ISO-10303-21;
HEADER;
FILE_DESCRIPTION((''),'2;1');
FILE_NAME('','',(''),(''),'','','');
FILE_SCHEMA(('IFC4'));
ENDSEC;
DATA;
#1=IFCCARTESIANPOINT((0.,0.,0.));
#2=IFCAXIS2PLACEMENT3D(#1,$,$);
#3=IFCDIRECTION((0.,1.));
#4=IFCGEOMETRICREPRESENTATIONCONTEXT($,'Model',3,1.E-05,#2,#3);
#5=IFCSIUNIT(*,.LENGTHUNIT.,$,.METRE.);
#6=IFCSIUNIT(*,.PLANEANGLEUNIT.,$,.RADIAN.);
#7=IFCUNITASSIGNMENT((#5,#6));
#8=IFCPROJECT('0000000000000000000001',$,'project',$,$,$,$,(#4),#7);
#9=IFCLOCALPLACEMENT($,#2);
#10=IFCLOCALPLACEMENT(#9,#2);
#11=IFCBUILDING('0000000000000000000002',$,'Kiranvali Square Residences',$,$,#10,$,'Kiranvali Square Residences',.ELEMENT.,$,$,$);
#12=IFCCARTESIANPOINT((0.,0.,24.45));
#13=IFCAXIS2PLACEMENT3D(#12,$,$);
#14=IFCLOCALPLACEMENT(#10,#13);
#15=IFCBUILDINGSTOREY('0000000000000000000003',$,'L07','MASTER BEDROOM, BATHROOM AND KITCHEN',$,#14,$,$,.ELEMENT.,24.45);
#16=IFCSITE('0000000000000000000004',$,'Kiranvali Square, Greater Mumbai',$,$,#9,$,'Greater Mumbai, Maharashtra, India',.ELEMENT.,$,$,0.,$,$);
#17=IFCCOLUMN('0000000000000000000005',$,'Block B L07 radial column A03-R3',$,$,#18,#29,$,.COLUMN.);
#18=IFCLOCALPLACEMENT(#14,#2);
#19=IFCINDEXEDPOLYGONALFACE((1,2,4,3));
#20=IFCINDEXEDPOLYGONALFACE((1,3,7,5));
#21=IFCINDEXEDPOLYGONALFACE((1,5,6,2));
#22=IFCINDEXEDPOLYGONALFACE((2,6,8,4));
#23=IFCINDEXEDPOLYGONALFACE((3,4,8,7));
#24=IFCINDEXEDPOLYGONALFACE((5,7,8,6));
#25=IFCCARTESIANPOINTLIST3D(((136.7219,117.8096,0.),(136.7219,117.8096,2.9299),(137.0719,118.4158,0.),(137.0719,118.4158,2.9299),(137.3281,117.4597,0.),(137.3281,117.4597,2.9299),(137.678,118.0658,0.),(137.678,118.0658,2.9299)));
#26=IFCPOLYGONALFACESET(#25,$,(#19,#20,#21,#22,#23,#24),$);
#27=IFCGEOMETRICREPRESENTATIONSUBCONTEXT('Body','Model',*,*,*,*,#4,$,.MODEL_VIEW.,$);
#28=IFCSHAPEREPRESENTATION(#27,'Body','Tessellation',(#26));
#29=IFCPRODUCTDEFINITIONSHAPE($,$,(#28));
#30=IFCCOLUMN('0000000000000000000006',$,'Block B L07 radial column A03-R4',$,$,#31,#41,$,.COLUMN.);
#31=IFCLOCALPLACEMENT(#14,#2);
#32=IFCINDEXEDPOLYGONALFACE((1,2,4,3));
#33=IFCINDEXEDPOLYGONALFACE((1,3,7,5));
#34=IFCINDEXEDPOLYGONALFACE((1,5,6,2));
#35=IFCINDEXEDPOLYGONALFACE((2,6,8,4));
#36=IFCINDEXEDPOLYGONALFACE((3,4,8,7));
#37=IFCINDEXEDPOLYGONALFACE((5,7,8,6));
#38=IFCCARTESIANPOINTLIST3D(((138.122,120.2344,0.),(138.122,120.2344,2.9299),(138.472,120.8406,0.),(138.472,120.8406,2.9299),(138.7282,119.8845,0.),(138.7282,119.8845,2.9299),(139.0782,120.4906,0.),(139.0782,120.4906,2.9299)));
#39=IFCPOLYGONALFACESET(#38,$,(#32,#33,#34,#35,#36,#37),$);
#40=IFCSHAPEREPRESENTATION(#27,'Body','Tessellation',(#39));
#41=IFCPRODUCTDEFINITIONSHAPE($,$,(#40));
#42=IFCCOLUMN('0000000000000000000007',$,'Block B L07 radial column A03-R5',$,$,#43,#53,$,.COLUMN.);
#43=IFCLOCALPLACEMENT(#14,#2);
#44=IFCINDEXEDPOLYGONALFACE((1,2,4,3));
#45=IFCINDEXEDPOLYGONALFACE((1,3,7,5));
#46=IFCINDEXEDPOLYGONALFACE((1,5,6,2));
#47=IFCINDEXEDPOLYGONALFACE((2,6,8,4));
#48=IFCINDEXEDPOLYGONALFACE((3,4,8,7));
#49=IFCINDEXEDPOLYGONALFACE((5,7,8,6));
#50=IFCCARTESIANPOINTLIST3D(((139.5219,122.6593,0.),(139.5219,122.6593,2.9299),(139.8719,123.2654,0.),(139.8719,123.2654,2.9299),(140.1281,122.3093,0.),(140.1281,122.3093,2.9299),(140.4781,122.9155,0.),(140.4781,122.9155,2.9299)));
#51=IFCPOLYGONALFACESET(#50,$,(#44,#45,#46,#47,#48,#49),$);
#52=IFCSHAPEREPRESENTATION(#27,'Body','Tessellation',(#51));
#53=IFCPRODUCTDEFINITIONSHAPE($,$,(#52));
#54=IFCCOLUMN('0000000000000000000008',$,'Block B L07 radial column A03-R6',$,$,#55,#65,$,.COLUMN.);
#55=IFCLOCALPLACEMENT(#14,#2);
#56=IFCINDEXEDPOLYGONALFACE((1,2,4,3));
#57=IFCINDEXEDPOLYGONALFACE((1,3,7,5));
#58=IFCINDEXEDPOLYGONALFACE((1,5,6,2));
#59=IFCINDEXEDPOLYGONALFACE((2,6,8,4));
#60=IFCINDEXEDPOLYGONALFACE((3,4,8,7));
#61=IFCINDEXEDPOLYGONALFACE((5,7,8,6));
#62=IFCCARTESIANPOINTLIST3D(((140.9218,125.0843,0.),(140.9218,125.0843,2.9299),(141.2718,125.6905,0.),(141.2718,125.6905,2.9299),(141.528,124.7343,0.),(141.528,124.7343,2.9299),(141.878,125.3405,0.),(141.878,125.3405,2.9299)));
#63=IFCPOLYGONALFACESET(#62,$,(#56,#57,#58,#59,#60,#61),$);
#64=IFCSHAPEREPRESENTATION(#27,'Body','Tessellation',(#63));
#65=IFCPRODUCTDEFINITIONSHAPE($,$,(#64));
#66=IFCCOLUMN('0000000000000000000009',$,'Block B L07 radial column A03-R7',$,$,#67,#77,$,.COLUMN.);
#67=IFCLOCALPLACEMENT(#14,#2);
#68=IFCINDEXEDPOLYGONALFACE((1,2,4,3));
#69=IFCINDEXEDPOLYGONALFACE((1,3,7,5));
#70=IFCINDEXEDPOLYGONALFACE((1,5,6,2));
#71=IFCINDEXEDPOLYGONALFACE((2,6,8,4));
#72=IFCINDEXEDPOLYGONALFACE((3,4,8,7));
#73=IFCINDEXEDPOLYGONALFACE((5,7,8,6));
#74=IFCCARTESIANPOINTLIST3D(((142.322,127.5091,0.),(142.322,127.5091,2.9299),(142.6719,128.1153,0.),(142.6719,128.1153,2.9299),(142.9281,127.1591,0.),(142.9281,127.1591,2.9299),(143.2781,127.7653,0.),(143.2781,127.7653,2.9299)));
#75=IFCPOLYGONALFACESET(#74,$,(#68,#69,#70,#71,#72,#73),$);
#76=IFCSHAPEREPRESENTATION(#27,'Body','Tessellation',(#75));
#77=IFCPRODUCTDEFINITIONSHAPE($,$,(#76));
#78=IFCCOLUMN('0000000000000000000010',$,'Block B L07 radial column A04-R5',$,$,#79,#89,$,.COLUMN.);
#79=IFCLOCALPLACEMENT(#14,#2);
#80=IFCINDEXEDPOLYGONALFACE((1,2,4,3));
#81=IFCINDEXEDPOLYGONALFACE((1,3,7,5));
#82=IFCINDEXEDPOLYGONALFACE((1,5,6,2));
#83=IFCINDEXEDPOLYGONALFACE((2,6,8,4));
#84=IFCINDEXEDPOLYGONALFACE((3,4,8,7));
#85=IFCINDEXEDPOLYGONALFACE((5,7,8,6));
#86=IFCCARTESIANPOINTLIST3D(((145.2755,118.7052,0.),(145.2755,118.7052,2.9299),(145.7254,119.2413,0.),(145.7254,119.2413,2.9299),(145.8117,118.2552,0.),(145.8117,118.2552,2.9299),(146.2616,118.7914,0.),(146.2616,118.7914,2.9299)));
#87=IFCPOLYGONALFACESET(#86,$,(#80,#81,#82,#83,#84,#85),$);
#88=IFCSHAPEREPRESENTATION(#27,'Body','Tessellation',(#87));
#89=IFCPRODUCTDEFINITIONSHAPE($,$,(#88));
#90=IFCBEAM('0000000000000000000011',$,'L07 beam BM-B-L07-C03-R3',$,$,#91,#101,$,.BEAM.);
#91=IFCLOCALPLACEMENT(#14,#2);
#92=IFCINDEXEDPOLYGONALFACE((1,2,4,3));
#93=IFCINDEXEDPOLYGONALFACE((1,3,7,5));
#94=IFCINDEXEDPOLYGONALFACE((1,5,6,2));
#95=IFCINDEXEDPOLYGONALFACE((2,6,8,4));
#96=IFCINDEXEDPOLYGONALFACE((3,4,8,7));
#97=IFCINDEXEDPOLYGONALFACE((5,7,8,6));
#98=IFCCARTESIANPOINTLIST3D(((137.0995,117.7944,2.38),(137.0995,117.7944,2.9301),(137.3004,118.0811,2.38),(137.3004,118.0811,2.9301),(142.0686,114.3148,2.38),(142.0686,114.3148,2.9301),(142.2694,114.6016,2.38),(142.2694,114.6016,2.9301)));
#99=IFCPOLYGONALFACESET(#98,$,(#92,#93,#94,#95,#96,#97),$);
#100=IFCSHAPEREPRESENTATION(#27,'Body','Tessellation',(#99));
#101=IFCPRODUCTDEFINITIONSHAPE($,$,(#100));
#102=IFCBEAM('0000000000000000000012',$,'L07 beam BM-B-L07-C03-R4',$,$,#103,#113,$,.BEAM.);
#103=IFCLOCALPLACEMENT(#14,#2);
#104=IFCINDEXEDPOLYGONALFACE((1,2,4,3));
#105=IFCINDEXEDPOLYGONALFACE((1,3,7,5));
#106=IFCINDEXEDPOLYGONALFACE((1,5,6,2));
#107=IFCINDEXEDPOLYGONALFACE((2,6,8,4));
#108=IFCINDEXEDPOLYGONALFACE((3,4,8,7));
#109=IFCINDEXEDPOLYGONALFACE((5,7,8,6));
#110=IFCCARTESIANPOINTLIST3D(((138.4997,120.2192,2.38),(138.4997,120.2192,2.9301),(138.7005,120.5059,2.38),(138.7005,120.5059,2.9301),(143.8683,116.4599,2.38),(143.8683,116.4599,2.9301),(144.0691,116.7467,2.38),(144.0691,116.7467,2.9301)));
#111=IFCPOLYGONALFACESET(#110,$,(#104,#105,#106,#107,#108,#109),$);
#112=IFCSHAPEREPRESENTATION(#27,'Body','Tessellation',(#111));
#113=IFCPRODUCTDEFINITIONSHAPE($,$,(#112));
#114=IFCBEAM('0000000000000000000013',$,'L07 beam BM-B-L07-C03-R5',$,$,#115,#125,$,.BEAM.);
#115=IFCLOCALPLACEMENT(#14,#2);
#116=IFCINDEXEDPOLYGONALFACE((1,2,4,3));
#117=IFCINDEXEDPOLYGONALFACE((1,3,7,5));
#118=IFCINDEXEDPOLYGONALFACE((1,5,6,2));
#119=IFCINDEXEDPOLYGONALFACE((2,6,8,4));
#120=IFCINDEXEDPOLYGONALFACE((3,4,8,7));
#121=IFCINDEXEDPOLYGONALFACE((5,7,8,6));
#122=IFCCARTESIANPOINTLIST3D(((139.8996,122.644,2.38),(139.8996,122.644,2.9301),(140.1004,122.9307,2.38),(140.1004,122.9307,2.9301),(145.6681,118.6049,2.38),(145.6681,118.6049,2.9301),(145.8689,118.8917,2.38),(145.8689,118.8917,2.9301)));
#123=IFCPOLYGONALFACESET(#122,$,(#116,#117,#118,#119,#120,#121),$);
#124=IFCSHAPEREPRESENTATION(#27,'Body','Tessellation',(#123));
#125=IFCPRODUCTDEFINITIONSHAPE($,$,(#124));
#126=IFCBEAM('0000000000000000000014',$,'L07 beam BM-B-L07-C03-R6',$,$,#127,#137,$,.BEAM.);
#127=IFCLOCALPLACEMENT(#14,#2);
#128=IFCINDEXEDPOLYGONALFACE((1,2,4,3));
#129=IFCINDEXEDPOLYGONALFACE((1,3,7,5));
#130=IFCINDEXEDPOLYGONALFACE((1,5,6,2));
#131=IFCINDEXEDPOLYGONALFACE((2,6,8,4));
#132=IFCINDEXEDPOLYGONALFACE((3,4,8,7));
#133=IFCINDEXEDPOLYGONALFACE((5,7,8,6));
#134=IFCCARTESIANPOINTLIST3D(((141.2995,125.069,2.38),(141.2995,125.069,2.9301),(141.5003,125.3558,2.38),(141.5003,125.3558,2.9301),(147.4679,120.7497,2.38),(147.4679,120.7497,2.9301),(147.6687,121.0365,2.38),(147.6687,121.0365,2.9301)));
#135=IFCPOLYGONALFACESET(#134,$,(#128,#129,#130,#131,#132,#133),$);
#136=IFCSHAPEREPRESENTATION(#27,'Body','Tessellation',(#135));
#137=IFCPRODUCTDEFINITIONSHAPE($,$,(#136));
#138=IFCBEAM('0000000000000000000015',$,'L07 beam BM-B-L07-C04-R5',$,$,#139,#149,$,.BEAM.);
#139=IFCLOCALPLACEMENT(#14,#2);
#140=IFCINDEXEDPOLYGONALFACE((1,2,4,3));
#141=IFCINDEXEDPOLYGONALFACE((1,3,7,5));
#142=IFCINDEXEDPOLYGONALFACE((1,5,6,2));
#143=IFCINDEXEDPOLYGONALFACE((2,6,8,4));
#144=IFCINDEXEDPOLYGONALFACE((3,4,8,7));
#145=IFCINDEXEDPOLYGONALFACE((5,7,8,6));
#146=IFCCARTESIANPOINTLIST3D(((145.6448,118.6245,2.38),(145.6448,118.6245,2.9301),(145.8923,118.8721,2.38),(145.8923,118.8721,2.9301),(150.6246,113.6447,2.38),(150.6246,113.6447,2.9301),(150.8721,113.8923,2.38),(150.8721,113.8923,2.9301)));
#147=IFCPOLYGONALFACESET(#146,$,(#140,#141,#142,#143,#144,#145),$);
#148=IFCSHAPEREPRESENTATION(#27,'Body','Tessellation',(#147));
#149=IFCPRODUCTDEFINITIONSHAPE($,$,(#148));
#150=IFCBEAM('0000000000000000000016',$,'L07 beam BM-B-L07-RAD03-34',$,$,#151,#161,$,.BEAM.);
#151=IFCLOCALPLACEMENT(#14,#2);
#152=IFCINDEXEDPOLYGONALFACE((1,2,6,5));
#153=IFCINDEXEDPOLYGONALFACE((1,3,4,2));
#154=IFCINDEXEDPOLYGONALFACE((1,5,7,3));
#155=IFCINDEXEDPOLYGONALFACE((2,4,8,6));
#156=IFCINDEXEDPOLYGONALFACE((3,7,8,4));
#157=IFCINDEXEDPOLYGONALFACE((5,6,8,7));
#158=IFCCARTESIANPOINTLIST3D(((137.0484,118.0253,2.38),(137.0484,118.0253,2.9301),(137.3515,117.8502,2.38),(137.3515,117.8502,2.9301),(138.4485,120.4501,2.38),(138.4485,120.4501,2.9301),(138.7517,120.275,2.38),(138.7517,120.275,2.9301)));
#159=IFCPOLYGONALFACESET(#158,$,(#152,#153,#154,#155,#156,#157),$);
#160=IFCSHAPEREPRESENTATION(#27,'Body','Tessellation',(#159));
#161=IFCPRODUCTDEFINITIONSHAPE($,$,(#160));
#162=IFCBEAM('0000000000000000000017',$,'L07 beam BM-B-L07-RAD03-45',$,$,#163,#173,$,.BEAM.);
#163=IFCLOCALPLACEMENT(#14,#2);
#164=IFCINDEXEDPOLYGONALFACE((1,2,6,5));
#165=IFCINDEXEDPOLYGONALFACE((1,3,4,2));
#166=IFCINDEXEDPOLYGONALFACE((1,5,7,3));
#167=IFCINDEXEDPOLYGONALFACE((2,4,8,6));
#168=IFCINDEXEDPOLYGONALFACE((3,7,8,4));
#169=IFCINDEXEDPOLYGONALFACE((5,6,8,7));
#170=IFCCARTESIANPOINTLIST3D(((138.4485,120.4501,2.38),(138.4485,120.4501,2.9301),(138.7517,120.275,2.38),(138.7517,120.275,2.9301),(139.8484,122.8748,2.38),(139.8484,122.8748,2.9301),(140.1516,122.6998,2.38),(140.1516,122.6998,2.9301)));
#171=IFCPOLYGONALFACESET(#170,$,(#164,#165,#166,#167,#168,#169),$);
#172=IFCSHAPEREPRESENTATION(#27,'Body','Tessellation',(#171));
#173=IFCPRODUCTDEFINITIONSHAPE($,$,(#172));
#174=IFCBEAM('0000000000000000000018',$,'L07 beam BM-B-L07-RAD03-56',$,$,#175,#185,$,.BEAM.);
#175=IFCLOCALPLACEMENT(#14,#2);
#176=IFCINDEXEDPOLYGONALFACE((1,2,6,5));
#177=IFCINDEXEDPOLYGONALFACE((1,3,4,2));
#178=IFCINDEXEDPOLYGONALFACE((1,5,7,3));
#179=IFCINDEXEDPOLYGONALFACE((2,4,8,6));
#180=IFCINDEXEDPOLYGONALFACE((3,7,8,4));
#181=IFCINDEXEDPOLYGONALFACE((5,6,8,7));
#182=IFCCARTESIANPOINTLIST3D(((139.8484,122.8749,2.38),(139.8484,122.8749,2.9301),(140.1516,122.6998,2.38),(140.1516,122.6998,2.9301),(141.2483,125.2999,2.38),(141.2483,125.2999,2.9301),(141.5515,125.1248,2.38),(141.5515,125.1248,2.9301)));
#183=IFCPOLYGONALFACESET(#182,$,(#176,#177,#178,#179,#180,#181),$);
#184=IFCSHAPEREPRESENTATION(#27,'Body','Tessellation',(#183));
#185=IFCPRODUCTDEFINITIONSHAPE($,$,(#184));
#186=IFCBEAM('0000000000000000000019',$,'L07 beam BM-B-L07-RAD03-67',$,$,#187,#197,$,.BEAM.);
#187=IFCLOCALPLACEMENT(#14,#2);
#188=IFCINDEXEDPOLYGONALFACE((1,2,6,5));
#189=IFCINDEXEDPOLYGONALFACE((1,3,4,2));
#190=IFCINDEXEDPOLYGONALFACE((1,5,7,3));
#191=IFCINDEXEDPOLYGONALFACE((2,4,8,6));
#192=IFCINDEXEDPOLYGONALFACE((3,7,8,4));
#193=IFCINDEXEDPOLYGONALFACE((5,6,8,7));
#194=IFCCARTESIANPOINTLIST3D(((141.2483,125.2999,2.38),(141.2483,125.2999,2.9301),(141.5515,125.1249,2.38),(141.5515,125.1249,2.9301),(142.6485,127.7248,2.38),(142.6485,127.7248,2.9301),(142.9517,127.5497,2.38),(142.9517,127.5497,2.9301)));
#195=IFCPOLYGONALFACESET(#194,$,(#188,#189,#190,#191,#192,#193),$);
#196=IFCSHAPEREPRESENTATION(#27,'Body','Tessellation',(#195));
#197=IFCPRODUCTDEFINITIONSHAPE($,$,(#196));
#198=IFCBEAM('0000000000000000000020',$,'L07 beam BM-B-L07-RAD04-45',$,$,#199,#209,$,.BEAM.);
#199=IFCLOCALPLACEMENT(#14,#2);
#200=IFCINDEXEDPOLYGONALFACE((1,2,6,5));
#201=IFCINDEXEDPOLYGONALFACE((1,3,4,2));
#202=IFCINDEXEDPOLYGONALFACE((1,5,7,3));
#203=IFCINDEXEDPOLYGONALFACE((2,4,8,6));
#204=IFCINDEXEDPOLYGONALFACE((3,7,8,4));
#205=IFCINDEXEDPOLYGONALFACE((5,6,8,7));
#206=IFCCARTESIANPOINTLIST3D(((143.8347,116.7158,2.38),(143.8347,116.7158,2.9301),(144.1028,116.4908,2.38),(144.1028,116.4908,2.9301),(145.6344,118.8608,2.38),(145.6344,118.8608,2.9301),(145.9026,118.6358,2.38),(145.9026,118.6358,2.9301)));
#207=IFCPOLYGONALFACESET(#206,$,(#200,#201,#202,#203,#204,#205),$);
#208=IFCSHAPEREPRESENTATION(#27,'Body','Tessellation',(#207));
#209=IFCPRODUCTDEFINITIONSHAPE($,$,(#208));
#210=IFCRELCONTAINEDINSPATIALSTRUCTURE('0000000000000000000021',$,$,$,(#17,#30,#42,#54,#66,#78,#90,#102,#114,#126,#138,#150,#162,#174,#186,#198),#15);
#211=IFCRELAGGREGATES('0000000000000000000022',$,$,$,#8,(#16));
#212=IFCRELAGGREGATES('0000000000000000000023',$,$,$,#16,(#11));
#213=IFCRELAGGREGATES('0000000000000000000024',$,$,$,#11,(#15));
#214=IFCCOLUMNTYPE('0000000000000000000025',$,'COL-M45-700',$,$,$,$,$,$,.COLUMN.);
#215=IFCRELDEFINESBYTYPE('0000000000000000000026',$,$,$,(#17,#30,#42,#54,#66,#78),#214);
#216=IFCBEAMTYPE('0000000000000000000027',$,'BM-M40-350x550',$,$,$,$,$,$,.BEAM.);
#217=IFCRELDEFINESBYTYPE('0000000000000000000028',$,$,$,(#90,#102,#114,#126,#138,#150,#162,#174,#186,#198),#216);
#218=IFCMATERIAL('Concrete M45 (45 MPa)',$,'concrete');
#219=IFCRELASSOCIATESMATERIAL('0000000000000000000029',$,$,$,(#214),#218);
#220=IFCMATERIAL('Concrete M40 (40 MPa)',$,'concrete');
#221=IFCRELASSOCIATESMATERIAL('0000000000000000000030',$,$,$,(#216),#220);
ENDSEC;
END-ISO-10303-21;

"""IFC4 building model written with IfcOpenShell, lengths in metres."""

from ifc_helpers import new_model, si_unit, direction, frame, origin, origin_2d, place, context, subcontext, project, spatial, rectangle, extrude, material, material_profile, profile_set, type_object, element, save


model = new_model("IFC4")

# Units and contexts
model_context = context("Model", 3, precision=1e-05, world=origin(), true_north=direction((0.0, 1.0)))
body_context = subcontext(model_context, "Body", "Model", "MODEL_VIEW")
ifc_project = project(units=[si_unit("LENGTHUNIT", "METRE"), si_unit("PLANEANGLEUNIT", "RADIAN")], contexts=[model_context])

# Site, building, storey
site_placement = place(None, origin())
site = spatial("IfcSite", under=ifc_project, at=site_placement, Name="Kiranvali Square, Greater Mumbai", LongName="Greater Mumbai, Maharashtra, India", CompositionType="ELEMENT", RefElevation=0.0)
building_placement = place(site_placement, origin())
building = spatial("IfcBuilding", under=site, at=building_placement, Name="Kiranvali Square Residences", LongName="Kiranvali Square Residences", CompositionType="ELEMENT")
storey_placement = place(building_placement, frame((0.0, 0.0, 24.45)))
storey = spatial("IfcBuildingStorey", under=building, at=storey_placement, Name="L07", Description="MASTER BEDROOM, BATHROOM AND KITCHEN", CompositionType="ELEMENT", Elevation=24.45)

# Columns
ifc_material_1 = material(Name="Concrete M45 (45 MPa)", Category="concrete")
ifc_material_profile_1 = material_profile(ifc_material_1, rectangle(XDim=0.7, YDim=0.7, at=origin_2d()), Name="RC 700x700")
ifc_profile_set_1 = profile_set([ifc_material_profile_1], Name="Concrete M45 (45 MPa)")
column_type = type_object("IfcColumnType", Name="COL-M45-700", PredefinedType="COLUMN", material=ifc_profile_set_1)
for number, where, z_axis, x_axis, name in (
    (1, (137.2, 117.9377, 0.0), (0.0, 0.0, 1.0), (-0.866025, 0.5, 0.0), "Block B L07 radial column A03-R3"),
    (2, (138.6001, 120.3625, 0.0), (0.0, 0.0, 1.0), (-0.866025, 0.5, 0.0), "Block B L07 radial column A03-R4"),
    (3, (140.0, 122.7874, 0.0), (0.0, 0.0, 1.0), (-0.866025, 0.5, 0.0), "Block B L07 radial column A03-R5"),
    (4, (141.3999, 125.2124, 0.0), (0.0, 0.0, 1.0), (-0.866025, 0.5, 0.0), "Block B L07 radial column A03-R6"),
    (5, (142.8, 127.6372, 0.0), (0.0, 0.0, 1.0), (-0.866025, 0.5, 0.0), "Block B L07 radial column A03-R7"),
    (6, (145.7686, 118.7483, 0.0), (0.0, 0.0, 1.0), (-0.766044, 0.642788, 0.0), "Block B L07 radial column A04-R5"),
):
    element("IfcColumn", number, at=place(storey_placement, frame(where, z_axis=z_axis, x_axis=x_axis)), inside=storey, type_object=column_type, Name=name, PredefinedType="COLUMN", context=body_context, shape_type="SweptSolid", body=[
        extrude(rectangle(XDim=0.7, YDim=0.7, at=origin_2d()), origin(), (0.0, 0.0, 1.0), 2.9299),
    ])

# Beams
ifc_material_2 = material(Name="Concrete M40 (40 MPa)", Category="concrete")
ifc_material_profile_2 = material_profile(ifc_material_2, rectangle(XDim=0.3501, YDim=0.55, at=origin_2d()), Name="RC 350x550")
ifc_profile_set_2 = profile_set([ifc_material_profile_2], Name="Concrete M40 (40 MPa)")
beam_type_1 = type_object("IfcBeamType", Name="BM-M40-350x550", PredefinedType="BEAM", material=ifc_profile_set_2)
beam_1_placement = place(storey_placement, frame((137.2, 117.9377, 2.655), z_axis=(0.819139, -0.573595, 0.0), x_axis=(0.573595, 0.819139, 0.0)))
element("IfcBeam", 7, at=beam_1_placement, inside=storey, type_object=beam_type_1, Name="L07 beam BM-B-L07-C03-R3", PredefinedType="BEAM", context=body_context, shape_type="SweptSolid", body=[
    extrude(rectangle(XDim=0.3501, YDim=0.55, at=origin_2d()), origin(), (0.0, 0.0, 1.0), 6.0662),
])
beam_2_placement = place(storey_placement, frame((138.6001, 120.3625, 2.655), z_axis=(0.819144, -0.573587, 0.0), x_axis=(0.573587, 0.819144, 0.0)))
element("IfcBeam", 8, at=beam_2_placement, inside=storey, type_object=beam_type_1, Name="L07 beam BM-B-L07-C03-R4", PredefinedType="BEAM", context=body_context, shape_type="SweptSolid", body=[
    extrude(rectangle(XDim=0.3501, YDim=0.55, at=origin_2d()), origin(), (0.0, 0.0, 1.0), 6.554),
])
beam_3_placement = place(storey_placement, frame((140.0, 122.7874, 2.655), z_axis=(0.81916, -0.573565, 0.0), x_axis=(0.573565, 0.81916, 0.0)))
element("IfcBeam", 9, at=beam_3_placement, inside=storey, type_object=beam_type_1, Name="L07 beam BM-B-L07-C03-R5", PredefinedType="BEAM", context=body_context, shape_type="SweptSolid", body=[
    extrude(rectangle(XDim=0.3501, YDim=0.55, at=origin_2d()), origin(), (0.0, 0.0, 1.0), 7.042),
])
beam_4_placement = place(storey_placement, frame((141.3999, 125.2124, 2.655), z_axis=(0.819144, -0.573589, 0.0), x_axis=(0.573589, 0.819144, 0.0)))
element("IfcBeam", 10, at=beam_4_placement, inside=storey, type_object=beam_type_1, Name="L07 beam BM-B-L07-C03-R6", PredefinedType="BEAM", context=body_context, shape_type="SweptSolid", body=[
    extrude(rectangle(XDim=0.3501, YDim=0.55, at=origin_2d()), origin(), (0.0, 0.0, 1.0), 7.5303),
])
beam_5_placement = place(storey_placement, frame((145.7686, 118.7483, 2.655), z_axis=(0.707107, -0.707107, 0.0), x_axis=(0.707107, 0.707107, 0.0)))
element("IfcBeam", 11, at=beam_5_placement, inside=storey, type_object=beam_type_1, Name="L07 beam BM-B-L07-C04-R5", PredefinedType="BEAM", context=body_context, shape_type="SweptSolid", body=[
    extrude(rectangle(XDim=0.3501, YDim=0.55, at=origin_2d()), origin(), (0.0, 0.0, 1.0), 7.0425),
])
beam_6_placement = place(storey_placement, frame((137.2, 117.9377, 2.655), z_axis=(0.50005, 0.865997, 0.0), x_axis=(-0.865997, 0.50005, 0.0)))
element("IfcBeam", 12, at=beam_6_placement, inside=storey, type_object=beam_type_1, Name="L07 beam BM-B-L07-RAD03-34", PredefinedType="BEAM", context=body_context, shape_type="SweptSolid", body=[
    extrude(rectangle(XDim=0.3501, YDim=0.55, at=origin_2d()), origin(), (0.0, 0.0, 1.0), 2.8),
])
beam_7_placement = place(storey_placement, frame((138.6001, 120.3625, 2.655), z_axis=(0.499984, 0.866035, 0.0), x_axis=(-0.866035, 0.499984, 0.0)))
element("IfcBeam", 13, at=beam_7_placement, inside=storey, type_object=beam_type_1, Name="L07 beam BM-B-L07-RAD03-45", PredefinedType="BEAM", context=body_context, shape_type="SweptSolid", body=[
    extrude(rectangle(XDim=0.3501, YDim=0.55, at=origin_2d()), origin(), (0.0, 0.0, 1.0), 2.7998),
])
for number, where, z_axis, x_axis, name in (
    (14, (140.0, 122.7874, 2.655), (0.499946, 0.866056, 0.0), (-0.866056, 0.499946, 0.0), "L07 beam BM-B-L07-RAD03-56"),
    (15, (141.3999, 125.2124, 2.655), (0.50005, 0.865997, 0.0), (-0.865997, 0.50005, 0.0), "L07 beam BM-B-L07-RAD03-67"),
    (16, (143.9688, 116.6033, 2.655), (0.642771, 0.766059, 0.0), (-0.766059, 0.642771, 0.0), "L07 beam BM-B-L07-RAD04-45"),
):
    element("IfcBeam", number, at=place(storey_placement, frame(where, z_axis=z_axis, x_axis=x_axis)), inside=storey, type_object=beam_type_1, Name=name, PredefinedType="BEAM", context=body_context, shape_type="SweptSolid", body=[
        extrude(rectangle(XDim=0.3501, YDim=0.55, at=origin_2d()), origin(), (0.0, 0.0, 1.0), 2.8),
    ])

save(model, "model.ifc")
